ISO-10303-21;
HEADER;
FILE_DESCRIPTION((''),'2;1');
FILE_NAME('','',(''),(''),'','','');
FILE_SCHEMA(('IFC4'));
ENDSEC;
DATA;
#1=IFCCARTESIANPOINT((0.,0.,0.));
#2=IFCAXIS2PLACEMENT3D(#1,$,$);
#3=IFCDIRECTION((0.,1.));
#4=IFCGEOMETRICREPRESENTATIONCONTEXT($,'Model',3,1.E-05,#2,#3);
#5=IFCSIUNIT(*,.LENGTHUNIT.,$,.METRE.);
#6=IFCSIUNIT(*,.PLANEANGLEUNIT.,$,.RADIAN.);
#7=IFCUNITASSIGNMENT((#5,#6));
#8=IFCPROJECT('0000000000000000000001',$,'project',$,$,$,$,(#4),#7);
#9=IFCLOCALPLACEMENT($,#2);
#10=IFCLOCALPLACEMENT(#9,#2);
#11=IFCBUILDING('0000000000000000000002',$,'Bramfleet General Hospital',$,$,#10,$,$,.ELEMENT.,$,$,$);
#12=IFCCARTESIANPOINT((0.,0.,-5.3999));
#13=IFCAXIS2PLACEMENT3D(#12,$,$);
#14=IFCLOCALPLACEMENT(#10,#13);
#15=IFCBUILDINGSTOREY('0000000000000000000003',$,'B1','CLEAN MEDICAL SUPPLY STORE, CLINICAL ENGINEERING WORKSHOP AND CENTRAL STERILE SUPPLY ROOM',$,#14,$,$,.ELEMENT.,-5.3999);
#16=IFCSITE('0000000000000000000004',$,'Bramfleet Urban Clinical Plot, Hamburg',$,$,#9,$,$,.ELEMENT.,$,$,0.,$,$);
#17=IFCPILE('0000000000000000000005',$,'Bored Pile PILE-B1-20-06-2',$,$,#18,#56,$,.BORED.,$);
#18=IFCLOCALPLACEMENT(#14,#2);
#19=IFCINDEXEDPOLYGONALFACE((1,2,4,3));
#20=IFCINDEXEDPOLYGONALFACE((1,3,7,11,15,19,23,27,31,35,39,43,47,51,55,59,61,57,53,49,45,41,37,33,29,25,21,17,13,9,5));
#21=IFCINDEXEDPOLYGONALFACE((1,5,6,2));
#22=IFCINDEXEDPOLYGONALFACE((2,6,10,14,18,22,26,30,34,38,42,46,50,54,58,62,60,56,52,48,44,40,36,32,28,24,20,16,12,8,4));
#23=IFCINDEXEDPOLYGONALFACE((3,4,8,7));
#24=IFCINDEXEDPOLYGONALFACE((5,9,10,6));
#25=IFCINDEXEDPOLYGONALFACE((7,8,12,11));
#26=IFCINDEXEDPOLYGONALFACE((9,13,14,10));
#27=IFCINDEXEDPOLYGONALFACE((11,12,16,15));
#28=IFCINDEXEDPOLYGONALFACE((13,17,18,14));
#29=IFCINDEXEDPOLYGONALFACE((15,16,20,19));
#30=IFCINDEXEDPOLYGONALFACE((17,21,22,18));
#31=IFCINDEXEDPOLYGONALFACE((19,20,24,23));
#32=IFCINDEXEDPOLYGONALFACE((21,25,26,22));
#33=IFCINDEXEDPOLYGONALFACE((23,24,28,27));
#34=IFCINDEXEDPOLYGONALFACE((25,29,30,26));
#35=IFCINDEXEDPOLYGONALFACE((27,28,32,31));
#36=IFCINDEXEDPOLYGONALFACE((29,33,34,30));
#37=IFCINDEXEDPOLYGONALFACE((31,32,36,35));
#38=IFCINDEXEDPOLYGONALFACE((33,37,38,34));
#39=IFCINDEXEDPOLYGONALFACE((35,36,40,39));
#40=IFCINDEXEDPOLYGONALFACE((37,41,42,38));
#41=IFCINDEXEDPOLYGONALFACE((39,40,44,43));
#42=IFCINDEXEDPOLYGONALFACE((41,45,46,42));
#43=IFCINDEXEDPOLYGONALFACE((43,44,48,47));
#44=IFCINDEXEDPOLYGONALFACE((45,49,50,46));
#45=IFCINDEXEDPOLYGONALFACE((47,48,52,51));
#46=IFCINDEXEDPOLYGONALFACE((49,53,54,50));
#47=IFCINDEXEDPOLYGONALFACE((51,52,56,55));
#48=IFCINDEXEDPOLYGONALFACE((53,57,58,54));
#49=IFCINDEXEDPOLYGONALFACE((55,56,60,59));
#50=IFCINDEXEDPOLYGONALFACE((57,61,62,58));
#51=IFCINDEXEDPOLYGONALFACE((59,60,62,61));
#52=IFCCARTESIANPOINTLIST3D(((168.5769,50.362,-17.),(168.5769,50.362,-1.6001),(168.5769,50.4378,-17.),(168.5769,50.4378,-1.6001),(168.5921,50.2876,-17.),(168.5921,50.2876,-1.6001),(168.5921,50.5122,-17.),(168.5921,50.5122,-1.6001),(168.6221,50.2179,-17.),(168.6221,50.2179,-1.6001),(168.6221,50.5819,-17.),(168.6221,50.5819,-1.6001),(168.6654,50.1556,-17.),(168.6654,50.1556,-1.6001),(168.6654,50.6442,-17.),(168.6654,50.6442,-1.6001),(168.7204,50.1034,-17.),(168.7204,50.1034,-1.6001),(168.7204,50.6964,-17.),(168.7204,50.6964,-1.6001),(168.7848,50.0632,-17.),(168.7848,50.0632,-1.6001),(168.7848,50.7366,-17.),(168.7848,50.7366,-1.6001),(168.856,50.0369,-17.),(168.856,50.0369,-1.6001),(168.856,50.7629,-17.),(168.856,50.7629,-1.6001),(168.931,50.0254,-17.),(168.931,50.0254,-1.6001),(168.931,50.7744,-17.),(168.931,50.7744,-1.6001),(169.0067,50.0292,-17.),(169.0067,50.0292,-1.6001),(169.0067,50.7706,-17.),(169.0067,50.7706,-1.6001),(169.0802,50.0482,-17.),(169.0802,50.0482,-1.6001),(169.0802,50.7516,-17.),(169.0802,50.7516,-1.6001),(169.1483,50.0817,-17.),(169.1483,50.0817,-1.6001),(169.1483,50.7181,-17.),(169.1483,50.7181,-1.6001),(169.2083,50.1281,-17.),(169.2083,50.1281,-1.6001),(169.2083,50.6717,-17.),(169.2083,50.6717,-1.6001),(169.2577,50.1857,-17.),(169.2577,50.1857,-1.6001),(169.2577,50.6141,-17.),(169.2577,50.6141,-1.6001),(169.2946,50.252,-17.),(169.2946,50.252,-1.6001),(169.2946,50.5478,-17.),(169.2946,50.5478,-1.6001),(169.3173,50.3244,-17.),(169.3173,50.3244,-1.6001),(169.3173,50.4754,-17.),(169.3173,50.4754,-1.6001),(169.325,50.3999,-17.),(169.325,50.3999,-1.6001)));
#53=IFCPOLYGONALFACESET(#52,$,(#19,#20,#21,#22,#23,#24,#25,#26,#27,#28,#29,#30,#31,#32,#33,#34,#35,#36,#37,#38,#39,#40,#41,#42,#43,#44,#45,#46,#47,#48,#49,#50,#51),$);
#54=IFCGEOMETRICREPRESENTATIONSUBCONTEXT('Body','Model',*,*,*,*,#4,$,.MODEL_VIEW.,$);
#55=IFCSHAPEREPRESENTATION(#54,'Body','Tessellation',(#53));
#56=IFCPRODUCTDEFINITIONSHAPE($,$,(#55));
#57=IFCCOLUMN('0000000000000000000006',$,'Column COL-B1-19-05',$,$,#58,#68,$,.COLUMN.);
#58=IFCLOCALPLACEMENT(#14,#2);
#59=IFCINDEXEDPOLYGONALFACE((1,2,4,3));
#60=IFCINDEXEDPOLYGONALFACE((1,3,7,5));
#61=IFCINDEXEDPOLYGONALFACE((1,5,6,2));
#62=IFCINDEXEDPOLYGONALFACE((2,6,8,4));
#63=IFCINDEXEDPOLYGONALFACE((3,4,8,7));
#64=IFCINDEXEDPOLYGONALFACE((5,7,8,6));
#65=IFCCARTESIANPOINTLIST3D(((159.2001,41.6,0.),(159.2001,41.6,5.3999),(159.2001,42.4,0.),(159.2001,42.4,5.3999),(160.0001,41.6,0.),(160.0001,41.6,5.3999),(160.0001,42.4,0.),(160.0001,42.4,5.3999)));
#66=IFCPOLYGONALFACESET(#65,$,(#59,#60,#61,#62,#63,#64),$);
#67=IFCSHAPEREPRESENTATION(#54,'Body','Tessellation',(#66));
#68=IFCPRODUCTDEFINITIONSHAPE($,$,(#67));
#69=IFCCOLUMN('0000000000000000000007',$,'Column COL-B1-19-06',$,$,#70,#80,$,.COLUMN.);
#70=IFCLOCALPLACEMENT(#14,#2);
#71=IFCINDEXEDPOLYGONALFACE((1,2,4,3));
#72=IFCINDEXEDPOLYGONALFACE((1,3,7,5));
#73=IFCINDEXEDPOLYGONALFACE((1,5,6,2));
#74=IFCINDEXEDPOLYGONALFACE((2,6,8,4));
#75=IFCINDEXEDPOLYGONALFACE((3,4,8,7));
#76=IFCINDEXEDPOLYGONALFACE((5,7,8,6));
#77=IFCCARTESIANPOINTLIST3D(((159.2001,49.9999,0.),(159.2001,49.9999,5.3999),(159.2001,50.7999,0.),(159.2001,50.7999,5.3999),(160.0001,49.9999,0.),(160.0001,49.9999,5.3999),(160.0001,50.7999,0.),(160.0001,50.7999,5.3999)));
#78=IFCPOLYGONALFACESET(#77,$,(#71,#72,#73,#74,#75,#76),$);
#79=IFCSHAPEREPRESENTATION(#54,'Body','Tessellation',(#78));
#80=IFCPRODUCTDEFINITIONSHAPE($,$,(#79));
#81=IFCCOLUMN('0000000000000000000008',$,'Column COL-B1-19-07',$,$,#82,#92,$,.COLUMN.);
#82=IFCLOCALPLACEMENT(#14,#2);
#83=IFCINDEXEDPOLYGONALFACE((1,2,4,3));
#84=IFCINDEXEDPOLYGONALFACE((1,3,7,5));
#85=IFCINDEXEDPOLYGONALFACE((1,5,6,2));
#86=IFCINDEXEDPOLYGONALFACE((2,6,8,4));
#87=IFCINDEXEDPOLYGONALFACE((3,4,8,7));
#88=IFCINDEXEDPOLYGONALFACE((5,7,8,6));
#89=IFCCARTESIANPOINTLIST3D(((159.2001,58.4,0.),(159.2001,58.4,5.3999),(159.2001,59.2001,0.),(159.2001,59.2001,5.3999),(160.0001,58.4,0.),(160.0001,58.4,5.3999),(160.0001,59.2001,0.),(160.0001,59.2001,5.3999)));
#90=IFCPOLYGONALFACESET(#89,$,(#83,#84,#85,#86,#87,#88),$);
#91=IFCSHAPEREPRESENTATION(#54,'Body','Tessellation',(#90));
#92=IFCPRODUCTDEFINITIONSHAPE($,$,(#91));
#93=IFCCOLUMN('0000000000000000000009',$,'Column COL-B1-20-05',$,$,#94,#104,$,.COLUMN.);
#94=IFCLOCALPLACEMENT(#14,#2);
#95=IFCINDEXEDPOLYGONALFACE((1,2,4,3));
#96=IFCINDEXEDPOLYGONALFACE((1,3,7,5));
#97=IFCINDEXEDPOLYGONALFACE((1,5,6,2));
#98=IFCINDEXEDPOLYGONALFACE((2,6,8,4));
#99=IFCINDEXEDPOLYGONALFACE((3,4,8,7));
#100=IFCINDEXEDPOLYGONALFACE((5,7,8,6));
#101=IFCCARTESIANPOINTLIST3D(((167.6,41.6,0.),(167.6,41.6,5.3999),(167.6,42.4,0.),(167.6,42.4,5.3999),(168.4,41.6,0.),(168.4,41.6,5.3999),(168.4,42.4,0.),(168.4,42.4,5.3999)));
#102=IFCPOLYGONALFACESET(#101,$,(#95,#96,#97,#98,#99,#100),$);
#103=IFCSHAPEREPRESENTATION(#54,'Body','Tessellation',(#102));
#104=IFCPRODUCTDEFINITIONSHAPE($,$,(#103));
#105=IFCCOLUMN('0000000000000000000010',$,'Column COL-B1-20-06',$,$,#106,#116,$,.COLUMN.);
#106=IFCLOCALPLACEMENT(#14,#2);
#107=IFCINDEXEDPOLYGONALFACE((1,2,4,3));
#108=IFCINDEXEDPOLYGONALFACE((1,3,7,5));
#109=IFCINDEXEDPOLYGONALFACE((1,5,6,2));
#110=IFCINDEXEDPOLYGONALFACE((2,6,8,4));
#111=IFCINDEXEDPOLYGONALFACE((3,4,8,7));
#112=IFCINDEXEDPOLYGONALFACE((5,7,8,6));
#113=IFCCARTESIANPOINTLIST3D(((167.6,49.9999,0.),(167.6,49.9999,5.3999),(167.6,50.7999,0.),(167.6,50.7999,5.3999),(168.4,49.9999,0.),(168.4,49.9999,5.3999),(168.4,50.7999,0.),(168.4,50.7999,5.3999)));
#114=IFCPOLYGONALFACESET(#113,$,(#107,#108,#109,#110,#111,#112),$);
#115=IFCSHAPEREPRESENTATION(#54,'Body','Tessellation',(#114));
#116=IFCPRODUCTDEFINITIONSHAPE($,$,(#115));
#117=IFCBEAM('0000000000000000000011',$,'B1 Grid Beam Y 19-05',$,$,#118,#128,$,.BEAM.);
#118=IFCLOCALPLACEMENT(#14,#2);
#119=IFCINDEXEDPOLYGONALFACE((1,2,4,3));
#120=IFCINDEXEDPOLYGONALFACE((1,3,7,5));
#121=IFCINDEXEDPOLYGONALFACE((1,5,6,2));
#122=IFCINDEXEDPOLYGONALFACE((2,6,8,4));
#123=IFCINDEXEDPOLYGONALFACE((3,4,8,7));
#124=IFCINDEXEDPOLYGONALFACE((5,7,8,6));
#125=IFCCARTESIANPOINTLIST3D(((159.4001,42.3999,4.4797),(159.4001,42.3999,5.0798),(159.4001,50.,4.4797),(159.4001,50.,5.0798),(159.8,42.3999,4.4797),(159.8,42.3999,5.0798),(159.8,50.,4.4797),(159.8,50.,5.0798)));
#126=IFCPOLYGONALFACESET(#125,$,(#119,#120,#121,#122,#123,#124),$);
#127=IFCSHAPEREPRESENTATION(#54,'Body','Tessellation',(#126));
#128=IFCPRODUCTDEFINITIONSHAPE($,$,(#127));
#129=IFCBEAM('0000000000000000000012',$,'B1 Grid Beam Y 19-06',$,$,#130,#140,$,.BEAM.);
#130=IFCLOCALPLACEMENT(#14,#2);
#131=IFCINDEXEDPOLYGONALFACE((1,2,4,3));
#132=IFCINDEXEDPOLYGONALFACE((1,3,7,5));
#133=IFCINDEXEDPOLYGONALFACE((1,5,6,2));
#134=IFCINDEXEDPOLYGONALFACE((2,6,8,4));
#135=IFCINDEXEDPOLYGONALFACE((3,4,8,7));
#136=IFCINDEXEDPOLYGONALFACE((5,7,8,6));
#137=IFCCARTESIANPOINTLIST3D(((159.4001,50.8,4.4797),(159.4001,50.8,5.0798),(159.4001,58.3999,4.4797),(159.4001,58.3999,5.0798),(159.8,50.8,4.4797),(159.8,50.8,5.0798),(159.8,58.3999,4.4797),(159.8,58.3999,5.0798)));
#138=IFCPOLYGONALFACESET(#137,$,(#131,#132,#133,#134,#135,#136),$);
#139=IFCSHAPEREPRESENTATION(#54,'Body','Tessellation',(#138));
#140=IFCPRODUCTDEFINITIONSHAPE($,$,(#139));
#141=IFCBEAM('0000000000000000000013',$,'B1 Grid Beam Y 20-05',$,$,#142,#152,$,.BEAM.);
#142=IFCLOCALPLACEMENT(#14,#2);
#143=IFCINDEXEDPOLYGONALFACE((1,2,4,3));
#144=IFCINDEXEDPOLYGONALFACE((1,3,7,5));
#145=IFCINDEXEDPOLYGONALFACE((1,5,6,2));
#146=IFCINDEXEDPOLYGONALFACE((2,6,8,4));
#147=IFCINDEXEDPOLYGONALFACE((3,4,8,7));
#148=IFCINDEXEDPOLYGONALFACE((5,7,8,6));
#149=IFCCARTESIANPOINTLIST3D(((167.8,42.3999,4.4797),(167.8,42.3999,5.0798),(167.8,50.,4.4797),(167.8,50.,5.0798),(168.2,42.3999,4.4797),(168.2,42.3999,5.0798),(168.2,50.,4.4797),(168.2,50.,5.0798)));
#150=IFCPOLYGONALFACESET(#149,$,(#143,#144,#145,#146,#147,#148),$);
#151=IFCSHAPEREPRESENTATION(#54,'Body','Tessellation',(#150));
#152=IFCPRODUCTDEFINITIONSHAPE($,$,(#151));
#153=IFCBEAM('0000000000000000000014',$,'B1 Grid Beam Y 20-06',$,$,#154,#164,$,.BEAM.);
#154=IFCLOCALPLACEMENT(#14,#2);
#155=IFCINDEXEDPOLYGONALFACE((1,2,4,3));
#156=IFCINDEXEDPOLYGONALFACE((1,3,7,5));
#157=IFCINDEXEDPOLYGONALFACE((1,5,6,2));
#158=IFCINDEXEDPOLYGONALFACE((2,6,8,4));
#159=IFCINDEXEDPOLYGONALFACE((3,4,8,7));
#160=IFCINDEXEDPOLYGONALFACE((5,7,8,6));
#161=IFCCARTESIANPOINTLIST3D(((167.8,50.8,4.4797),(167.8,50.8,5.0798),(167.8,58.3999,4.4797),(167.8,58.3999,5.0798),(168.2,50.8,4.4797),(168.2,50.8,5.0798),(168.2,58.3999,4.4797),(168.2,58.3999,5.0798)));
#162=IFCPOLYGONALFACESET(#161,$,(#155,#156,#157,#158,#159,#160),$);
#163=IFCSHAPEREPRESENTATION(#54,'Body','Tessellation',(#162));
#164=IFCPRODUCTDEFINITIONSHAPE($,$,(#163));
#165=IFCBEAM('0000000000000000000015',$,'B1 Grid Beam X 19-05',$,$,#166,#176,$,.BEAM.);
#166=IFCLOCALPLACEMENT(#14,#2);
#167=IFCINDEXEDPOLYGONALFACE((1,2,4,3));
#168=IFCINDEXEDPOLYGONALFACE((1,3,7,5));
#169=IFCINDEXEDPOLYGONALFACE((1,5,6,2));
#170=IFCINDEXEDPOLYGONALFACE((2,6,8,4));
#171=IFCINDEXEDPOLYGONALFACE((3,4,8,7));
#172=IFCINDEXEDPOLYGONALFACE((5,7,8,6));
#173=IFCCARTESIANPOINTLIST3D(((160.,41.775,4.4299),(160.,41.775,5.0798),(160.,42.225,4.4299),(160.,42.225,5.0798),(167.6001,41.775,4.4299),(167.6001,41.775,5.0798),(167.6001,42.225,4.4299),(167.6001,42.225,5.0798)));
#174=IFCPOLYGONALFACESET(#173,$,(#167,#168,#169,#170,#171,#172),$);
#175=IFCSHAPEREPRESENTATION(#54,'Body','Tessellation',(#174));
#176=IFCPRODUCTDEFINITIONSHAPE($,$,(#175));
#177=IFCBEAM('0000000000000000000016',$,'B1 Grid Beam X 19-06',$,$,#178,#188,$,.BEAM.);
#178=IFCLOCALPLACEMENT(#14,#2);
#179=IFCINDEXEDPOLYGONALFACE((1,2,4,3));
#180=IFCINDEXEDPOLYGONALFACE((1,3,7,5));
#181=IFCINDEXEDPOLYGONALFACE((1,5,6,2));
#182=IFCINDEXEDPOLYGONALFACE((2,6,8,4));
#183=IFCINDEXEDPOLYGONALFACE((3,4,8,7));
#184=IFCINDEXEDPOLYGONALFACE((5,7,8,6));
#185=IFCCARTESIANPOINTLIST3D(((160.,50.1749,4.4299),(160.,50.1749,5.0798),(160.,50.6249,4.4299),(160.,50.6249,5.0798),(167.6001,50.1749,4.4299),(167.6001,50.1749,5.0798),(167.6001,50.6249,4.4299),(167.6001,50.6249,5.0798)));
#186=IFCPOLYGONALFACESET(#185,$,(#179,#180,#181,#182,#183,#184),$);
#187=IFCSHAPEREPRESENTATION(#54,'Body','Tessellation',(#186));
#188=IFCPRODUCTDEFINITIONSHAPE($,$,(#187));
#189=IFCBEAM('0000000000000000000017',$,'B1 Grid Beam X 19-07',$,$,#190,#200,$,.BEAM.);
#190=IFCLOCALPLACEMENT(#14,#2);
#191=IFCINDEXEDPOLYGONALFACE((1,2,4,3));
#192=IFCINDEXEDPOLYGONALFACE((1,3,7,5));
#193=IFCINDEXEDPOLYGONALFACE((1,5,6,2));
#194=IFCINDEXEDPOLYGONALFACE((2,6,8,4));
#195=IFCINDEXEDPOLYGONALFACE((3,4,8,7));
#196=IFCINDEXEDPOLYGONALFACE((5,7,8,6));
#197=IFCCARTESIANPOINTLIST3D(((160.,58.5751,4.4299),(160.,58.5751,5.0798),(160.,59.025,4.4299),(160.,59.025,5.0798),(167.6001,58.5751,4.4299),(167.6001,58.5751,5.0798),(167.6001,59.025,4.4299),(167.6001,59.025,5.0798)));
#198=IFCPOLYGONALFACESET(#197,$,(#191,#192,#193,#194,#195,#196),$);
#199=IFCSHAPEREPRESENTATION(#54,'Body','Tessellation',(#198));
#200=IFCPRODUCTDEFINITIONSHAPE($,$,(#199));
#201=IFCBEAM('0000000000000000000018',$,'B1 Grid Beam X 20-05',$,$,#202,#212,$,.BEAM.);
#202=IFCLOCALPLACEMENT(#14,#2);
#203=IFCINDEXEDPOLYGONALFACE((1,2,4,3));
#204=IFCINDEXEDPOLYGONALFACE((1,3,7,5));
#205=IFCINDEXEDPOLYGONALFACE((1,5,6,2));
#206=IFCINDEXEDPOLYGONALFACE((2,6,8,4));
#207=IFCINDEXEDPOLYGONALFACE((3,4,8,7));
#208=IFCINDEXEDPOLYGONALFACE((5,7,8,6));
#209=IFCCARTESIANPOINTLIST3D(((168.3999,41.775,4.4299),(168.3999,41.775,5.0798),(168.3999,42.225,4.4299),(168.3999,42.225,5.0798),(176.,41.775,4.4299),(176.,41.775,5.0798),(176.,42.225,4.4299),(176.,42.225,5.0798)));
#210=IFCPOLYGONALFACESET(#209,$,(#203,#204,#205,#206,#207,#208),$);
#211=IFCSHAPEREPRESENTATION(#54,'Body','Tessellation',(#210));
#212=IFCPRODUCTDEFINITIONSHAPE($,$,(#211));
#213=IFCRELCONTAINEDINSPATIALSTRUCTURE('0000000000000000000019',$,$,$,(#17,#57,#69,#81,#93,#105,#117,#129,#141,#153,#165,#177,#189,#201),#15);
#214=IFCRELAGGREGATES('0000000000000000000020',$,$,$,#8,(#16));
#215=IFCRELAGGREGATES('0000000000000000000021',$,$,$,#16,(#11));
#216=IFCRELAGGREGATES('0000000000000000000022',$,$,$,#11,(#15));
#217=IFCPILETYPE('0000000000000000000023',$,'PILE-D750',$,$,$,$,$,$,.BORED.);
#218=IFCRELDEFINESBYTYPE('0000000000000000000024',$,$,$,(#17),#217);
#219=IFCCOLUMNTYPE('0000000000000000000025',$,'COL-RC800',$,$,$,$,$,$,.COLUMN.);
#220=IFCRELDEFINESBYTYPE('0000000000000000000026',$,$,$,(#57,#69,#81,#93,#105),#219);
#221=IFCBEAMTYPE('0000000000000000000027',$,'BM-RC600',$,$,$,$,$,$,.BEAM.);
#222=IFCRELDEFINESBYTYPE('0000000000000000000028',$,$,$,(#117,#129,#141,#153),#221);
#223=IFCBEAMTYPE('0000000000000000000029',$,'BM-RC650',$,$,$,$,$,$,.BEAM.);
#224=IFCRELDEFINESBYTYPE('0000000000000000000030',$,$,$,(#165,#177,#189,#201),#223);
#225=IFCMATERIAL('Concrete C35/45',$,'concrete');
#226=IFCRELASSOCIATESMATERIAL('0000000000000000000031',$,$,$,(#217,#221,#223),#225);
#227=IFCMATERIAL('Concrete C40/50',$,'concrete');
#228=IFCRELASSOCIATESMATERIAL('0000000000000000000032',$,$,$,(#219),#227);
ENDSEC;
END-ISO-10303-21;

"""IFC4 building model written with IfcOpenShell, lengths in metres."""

from ifc_helpers import new_model, si_unit, direction, frame, origin, origin_2d, place, context, subcontext, project, spatial, rectangle, circle, extrude, material, material_profile, profile_set, type_object, element, save


model = new_model("IFC4")

# Units and contexts
model_context = context("Model", 3, precision=1e-05, world=origin(), true_north=direction((0.0, 1.0)))
body_context = subcontext(model_context, "Body", "Model", "MODEL_VIEW")
ifc_project = project(units=[si_unit("LENGTHUNIT", "METRE"), si_unit("PLANEANGLEUNIT", "RADIAN")], contexts=[model_context])

# Site, building, storey
site_placement = place(None, origin())
site = spatial("IfcSite", under=ifc_project, at=site_placement, Name="Bramfleet Urban Clinical Plot, Hamburg", CompositionType="ELEMENT", RefElevation=0.0)
building_placement = place(site_placement, origin())
building = spatial("IfcBuilding", under=site, at=building_placement, Name="Bramfleet General Hospital", CompositionType="ELEMENT")
storey_placement = place(building_placement, frame((0.0, 0.0, -5.3999)))
storey = spatial("IfcBuildingStorey", under=building, at=storey_placement, Name="B1", Description="CLEAN MEDICAL SUPPLY STORE, CLINICAL ENGINEERING WORKSHOP AND CENTRAL STERILE SUPPLY ROOM", CompositionType="ELEMENT", Elevation=-5.3999)

# Shared definitions
ifc_material_1 = material(Name="Concrete C35/45", Category="concrete")

# Pile
ifc_material_profile_1 = material_profile(ifc_material_1, circle(Radius=0.375, at=origin_2d()), Name="PILE BORED D750")
ifc_profile_set_1 = profile_set([ifc_material_profile_1], Name="Concrete C35/45")
pile_type = type_object("IfcPileType", Name="PILE-D750", PredefinedType="BORED", material=ifc_profile_set_1)
for number, where, z_axis, x_axis, name in (
    (1, (168.95, 50.3999, -1.6001), (0.0, 0.0, -1.0), (1.0, 0.0, 0.0), "Bored Pile PILE-B1-20-06-2"),
):
    element("IfcPile", number, at=place(storey_placement, frame(where, z_axis=z_axis, x_axis=x_axis)), inside=storey, type_object=pile_type, Name=name, PredefinedType="BORED", context=body_context, shape_type="SweptSolid", body=[
        extrude(circle(Radius=0.375, at=origin_2d()), origin(), (0.0, 0.0, 1.0), 15.3999),
    ])

# Columns
ifc_material_2 = material(Name="Concrete C40/50", Category="concrete")
ifc_material_profile_2 = material_profile(ifc_material_2, rectangle(XDim=0.8, YDim=0.8, at=origin_2d()), Name="RC COL 800x800")
ifc_profile_set_2 = profile_set([ifc_material_profile_2], Name="Concrete C40/50")
column_type = type_object("IfcColumnType", Name="COL-RC800", PredefinedType="COLUMN", material=ifc_profile_set_2)
for number, where, z_axis, x_axis, name in (
    (2, (159.6001, 42.0, 0.0), (0.0, 0.0, 1.0), (1.0, 0.0, 0.0), "Column COL-B1-19-05"),
    (3, (159.6001, 50.3999, 0.0), (0.0, 0.0, 1.0), (1.0, 0.0, 0.0), "Column COL-B1-19-06"),
    (4, (159.6001, 58.8, 0.0), (0.0, 0.0, 1.0), (1.0, 0.0, 0.0), "Column COL-B1-19-07"),
    (5, (168.0, 42.0, 0.0), (0.0, 0.0, 1.0), (1.0, 0.0, 0.0), "Column COL-B1-20-05"),
    (6, (168.0, 50.3999, 0.0), (0.0, 0.0, 1.0), (1.0, 0.0, 0.0), "Column COL-B1-20-06"),
):
    element("IfcColumn", number, at=place(storey_placement, frame(where, z_axis=z_axis, x_axis=x_axis)), inside=storey, type_object=column_type, Name=name, PredefinedType="COLUMN", context=body_context, shape_type="SweptSolid", body=[
        extrude(rectangle(XDim=0.8, YDim=0.8, at=origin_2d()), origin(), (0.0, 0.0, 1.0), 5.3999),
    ])

# Beams
ifc_material_profile_3 = material_profile(ifc_material_1, rectangle(XDim=0.3999, YDim=0.6001, at=origin_2d()), Name="RC BM 600x400")
ifc_profile_set_3 = profile_set([ifc_material_profile_3], Name="Concrete C35/45")
beam_type_1 = type_object("IfcBeamType", Name="BM-RC600", PredefinedType="BEAM", material=ifc_profile_set_3)
beam_1_placement = place(storey_placement, frame((159.6001, 42.3999, 4.7798), z_axis=(0.0, 1.0, 0.0), x_axis=(-1.0, 0.0, 0.0)))
element("IfcBeam", 7, at=beam_1_placement, inside=storey, type_object=beam_type_1, Name="B1 Grid Beam Y 19-05", PredefinedType="BEAM", context=body_context, shape_type="SweptSolid", body=[
    extrude(rectangle(XDim=0.3999, YDim=0.6001, at=origin_2d()), origin(), (0.0, 0.0, 1.0), 7.6001),
])
beam_2_placement = place(storey_placement, frame((159.6001, 50.8, 4.7798), z_axis=(0.0, 1.0, 0.0), x_axis=(-1.0, 0.0, 0.0)))
element("IfcBeam", 8, at=beam_2_placement, inside=storey, type_object=beam_type_1, Name="B1 Grid Beam Y 19-06", PredefinedType="BEAM", context=body_context, shape_type="SweptSolid", body=[
    extrude(rectangle(XDim=0.3999, YDim=0.6001, at=origin_2d()), origin(), (0.0, 0.0, 1.0), 7.5999),
])
beam_3_placement = place(storey_placement, frame((168.0, 42.3999, 4.7798), z_axis=(0.0, 1.0, 0.0), x_axis=(-1.0, 0.0, 0.0)))
element("IfcBeam", 9, at=beam_3_placement, inside=storey, type_object=beam_type_1, Name="B1 Grid Beam Y 20-05", PredefinedType="BEAM", context=body_context, shape_type="SweptSolid", body=[
    extrude(rectangle(XDim=0.3999, YDim=0.6001, at=origin_2d()), origin(), (0.0, 0.0, 1.0), 7.6001),
])
beam_4_placement = place(storey_placement, frame((168.0, 50.8, 4.7798), z_axis=(0.0, 1.0, 0.0), x_axis=(-1.0, 0.0, 0.0)))
element("IfcBeam", 10, at=beam_4_placement, inside=storey, type_object=beam_type_1, Name="B1 Grid Beam Y 20-06", PredefinedType="BEAM", context=body_context, shape_type="SweptSolid", body=[
    extrude(rectangle(XDim=0.3999, YDim=0.6001, at=origin_2d()), origin(), (0.0, 0.0, 1.0), 7.5999),
])
ifc_material_profile_4 = material_profile(ifc_material_1, rectangle(XDim=0.45, YDim=0.6499, at=origin_2d()), Name="RC BM 650x450")
ifc_profile_set_4 = profile_set([ifc_material_profile_4], Name="Concrete C35/45")
beam_type_2 = type_object("IfcBeamType", Name="BM-RC650", PredefinedType="BEAM", material=ifc_profile_set_4)
for number, where, z_axis, x_axis, name in (
    (11, (160.0, 42.0, 4.7549), (1.0, 0.0, 0.0), (0.0, 1.0, 0.0), "B1 Grid Beam X 19-05"),
    (12, (160.0, 50.3999, 4.7549), (1.0, 0.0, 0.0), (0.0, 1.0, 0.0), "B1 Grid Beam X 19-06"),
    (13, (160.0, 58.8, 4.7549), (1.0, 0.0, 0.0), (0.0, 1.0, 0.0), "B1 Grid Beam X 19-07"),
    (14, (168.3999, 42.0, 4.7549), (1.0, 0.0, 0.0), (0.0, 1.0, 0.0), "B1 Grid Beam X 20-05"),
):
    element("IfcBeam", number, at=place(storey_placement, frame(where, z_axis=z_axis, x_axis=x_axis)), inside=storey, type_object=beam_type_2, Name=name, PredefinedType="BEAM", context=body_context, shape_type="SweptSolid", body=[
        extrude(rectangle(XDim=0.45, YDim=0.6499, at=origin_2d()), origin(), (0.0, 0.0, 1.0), 7.6001),
    ])

save(model, "model.ifc")
